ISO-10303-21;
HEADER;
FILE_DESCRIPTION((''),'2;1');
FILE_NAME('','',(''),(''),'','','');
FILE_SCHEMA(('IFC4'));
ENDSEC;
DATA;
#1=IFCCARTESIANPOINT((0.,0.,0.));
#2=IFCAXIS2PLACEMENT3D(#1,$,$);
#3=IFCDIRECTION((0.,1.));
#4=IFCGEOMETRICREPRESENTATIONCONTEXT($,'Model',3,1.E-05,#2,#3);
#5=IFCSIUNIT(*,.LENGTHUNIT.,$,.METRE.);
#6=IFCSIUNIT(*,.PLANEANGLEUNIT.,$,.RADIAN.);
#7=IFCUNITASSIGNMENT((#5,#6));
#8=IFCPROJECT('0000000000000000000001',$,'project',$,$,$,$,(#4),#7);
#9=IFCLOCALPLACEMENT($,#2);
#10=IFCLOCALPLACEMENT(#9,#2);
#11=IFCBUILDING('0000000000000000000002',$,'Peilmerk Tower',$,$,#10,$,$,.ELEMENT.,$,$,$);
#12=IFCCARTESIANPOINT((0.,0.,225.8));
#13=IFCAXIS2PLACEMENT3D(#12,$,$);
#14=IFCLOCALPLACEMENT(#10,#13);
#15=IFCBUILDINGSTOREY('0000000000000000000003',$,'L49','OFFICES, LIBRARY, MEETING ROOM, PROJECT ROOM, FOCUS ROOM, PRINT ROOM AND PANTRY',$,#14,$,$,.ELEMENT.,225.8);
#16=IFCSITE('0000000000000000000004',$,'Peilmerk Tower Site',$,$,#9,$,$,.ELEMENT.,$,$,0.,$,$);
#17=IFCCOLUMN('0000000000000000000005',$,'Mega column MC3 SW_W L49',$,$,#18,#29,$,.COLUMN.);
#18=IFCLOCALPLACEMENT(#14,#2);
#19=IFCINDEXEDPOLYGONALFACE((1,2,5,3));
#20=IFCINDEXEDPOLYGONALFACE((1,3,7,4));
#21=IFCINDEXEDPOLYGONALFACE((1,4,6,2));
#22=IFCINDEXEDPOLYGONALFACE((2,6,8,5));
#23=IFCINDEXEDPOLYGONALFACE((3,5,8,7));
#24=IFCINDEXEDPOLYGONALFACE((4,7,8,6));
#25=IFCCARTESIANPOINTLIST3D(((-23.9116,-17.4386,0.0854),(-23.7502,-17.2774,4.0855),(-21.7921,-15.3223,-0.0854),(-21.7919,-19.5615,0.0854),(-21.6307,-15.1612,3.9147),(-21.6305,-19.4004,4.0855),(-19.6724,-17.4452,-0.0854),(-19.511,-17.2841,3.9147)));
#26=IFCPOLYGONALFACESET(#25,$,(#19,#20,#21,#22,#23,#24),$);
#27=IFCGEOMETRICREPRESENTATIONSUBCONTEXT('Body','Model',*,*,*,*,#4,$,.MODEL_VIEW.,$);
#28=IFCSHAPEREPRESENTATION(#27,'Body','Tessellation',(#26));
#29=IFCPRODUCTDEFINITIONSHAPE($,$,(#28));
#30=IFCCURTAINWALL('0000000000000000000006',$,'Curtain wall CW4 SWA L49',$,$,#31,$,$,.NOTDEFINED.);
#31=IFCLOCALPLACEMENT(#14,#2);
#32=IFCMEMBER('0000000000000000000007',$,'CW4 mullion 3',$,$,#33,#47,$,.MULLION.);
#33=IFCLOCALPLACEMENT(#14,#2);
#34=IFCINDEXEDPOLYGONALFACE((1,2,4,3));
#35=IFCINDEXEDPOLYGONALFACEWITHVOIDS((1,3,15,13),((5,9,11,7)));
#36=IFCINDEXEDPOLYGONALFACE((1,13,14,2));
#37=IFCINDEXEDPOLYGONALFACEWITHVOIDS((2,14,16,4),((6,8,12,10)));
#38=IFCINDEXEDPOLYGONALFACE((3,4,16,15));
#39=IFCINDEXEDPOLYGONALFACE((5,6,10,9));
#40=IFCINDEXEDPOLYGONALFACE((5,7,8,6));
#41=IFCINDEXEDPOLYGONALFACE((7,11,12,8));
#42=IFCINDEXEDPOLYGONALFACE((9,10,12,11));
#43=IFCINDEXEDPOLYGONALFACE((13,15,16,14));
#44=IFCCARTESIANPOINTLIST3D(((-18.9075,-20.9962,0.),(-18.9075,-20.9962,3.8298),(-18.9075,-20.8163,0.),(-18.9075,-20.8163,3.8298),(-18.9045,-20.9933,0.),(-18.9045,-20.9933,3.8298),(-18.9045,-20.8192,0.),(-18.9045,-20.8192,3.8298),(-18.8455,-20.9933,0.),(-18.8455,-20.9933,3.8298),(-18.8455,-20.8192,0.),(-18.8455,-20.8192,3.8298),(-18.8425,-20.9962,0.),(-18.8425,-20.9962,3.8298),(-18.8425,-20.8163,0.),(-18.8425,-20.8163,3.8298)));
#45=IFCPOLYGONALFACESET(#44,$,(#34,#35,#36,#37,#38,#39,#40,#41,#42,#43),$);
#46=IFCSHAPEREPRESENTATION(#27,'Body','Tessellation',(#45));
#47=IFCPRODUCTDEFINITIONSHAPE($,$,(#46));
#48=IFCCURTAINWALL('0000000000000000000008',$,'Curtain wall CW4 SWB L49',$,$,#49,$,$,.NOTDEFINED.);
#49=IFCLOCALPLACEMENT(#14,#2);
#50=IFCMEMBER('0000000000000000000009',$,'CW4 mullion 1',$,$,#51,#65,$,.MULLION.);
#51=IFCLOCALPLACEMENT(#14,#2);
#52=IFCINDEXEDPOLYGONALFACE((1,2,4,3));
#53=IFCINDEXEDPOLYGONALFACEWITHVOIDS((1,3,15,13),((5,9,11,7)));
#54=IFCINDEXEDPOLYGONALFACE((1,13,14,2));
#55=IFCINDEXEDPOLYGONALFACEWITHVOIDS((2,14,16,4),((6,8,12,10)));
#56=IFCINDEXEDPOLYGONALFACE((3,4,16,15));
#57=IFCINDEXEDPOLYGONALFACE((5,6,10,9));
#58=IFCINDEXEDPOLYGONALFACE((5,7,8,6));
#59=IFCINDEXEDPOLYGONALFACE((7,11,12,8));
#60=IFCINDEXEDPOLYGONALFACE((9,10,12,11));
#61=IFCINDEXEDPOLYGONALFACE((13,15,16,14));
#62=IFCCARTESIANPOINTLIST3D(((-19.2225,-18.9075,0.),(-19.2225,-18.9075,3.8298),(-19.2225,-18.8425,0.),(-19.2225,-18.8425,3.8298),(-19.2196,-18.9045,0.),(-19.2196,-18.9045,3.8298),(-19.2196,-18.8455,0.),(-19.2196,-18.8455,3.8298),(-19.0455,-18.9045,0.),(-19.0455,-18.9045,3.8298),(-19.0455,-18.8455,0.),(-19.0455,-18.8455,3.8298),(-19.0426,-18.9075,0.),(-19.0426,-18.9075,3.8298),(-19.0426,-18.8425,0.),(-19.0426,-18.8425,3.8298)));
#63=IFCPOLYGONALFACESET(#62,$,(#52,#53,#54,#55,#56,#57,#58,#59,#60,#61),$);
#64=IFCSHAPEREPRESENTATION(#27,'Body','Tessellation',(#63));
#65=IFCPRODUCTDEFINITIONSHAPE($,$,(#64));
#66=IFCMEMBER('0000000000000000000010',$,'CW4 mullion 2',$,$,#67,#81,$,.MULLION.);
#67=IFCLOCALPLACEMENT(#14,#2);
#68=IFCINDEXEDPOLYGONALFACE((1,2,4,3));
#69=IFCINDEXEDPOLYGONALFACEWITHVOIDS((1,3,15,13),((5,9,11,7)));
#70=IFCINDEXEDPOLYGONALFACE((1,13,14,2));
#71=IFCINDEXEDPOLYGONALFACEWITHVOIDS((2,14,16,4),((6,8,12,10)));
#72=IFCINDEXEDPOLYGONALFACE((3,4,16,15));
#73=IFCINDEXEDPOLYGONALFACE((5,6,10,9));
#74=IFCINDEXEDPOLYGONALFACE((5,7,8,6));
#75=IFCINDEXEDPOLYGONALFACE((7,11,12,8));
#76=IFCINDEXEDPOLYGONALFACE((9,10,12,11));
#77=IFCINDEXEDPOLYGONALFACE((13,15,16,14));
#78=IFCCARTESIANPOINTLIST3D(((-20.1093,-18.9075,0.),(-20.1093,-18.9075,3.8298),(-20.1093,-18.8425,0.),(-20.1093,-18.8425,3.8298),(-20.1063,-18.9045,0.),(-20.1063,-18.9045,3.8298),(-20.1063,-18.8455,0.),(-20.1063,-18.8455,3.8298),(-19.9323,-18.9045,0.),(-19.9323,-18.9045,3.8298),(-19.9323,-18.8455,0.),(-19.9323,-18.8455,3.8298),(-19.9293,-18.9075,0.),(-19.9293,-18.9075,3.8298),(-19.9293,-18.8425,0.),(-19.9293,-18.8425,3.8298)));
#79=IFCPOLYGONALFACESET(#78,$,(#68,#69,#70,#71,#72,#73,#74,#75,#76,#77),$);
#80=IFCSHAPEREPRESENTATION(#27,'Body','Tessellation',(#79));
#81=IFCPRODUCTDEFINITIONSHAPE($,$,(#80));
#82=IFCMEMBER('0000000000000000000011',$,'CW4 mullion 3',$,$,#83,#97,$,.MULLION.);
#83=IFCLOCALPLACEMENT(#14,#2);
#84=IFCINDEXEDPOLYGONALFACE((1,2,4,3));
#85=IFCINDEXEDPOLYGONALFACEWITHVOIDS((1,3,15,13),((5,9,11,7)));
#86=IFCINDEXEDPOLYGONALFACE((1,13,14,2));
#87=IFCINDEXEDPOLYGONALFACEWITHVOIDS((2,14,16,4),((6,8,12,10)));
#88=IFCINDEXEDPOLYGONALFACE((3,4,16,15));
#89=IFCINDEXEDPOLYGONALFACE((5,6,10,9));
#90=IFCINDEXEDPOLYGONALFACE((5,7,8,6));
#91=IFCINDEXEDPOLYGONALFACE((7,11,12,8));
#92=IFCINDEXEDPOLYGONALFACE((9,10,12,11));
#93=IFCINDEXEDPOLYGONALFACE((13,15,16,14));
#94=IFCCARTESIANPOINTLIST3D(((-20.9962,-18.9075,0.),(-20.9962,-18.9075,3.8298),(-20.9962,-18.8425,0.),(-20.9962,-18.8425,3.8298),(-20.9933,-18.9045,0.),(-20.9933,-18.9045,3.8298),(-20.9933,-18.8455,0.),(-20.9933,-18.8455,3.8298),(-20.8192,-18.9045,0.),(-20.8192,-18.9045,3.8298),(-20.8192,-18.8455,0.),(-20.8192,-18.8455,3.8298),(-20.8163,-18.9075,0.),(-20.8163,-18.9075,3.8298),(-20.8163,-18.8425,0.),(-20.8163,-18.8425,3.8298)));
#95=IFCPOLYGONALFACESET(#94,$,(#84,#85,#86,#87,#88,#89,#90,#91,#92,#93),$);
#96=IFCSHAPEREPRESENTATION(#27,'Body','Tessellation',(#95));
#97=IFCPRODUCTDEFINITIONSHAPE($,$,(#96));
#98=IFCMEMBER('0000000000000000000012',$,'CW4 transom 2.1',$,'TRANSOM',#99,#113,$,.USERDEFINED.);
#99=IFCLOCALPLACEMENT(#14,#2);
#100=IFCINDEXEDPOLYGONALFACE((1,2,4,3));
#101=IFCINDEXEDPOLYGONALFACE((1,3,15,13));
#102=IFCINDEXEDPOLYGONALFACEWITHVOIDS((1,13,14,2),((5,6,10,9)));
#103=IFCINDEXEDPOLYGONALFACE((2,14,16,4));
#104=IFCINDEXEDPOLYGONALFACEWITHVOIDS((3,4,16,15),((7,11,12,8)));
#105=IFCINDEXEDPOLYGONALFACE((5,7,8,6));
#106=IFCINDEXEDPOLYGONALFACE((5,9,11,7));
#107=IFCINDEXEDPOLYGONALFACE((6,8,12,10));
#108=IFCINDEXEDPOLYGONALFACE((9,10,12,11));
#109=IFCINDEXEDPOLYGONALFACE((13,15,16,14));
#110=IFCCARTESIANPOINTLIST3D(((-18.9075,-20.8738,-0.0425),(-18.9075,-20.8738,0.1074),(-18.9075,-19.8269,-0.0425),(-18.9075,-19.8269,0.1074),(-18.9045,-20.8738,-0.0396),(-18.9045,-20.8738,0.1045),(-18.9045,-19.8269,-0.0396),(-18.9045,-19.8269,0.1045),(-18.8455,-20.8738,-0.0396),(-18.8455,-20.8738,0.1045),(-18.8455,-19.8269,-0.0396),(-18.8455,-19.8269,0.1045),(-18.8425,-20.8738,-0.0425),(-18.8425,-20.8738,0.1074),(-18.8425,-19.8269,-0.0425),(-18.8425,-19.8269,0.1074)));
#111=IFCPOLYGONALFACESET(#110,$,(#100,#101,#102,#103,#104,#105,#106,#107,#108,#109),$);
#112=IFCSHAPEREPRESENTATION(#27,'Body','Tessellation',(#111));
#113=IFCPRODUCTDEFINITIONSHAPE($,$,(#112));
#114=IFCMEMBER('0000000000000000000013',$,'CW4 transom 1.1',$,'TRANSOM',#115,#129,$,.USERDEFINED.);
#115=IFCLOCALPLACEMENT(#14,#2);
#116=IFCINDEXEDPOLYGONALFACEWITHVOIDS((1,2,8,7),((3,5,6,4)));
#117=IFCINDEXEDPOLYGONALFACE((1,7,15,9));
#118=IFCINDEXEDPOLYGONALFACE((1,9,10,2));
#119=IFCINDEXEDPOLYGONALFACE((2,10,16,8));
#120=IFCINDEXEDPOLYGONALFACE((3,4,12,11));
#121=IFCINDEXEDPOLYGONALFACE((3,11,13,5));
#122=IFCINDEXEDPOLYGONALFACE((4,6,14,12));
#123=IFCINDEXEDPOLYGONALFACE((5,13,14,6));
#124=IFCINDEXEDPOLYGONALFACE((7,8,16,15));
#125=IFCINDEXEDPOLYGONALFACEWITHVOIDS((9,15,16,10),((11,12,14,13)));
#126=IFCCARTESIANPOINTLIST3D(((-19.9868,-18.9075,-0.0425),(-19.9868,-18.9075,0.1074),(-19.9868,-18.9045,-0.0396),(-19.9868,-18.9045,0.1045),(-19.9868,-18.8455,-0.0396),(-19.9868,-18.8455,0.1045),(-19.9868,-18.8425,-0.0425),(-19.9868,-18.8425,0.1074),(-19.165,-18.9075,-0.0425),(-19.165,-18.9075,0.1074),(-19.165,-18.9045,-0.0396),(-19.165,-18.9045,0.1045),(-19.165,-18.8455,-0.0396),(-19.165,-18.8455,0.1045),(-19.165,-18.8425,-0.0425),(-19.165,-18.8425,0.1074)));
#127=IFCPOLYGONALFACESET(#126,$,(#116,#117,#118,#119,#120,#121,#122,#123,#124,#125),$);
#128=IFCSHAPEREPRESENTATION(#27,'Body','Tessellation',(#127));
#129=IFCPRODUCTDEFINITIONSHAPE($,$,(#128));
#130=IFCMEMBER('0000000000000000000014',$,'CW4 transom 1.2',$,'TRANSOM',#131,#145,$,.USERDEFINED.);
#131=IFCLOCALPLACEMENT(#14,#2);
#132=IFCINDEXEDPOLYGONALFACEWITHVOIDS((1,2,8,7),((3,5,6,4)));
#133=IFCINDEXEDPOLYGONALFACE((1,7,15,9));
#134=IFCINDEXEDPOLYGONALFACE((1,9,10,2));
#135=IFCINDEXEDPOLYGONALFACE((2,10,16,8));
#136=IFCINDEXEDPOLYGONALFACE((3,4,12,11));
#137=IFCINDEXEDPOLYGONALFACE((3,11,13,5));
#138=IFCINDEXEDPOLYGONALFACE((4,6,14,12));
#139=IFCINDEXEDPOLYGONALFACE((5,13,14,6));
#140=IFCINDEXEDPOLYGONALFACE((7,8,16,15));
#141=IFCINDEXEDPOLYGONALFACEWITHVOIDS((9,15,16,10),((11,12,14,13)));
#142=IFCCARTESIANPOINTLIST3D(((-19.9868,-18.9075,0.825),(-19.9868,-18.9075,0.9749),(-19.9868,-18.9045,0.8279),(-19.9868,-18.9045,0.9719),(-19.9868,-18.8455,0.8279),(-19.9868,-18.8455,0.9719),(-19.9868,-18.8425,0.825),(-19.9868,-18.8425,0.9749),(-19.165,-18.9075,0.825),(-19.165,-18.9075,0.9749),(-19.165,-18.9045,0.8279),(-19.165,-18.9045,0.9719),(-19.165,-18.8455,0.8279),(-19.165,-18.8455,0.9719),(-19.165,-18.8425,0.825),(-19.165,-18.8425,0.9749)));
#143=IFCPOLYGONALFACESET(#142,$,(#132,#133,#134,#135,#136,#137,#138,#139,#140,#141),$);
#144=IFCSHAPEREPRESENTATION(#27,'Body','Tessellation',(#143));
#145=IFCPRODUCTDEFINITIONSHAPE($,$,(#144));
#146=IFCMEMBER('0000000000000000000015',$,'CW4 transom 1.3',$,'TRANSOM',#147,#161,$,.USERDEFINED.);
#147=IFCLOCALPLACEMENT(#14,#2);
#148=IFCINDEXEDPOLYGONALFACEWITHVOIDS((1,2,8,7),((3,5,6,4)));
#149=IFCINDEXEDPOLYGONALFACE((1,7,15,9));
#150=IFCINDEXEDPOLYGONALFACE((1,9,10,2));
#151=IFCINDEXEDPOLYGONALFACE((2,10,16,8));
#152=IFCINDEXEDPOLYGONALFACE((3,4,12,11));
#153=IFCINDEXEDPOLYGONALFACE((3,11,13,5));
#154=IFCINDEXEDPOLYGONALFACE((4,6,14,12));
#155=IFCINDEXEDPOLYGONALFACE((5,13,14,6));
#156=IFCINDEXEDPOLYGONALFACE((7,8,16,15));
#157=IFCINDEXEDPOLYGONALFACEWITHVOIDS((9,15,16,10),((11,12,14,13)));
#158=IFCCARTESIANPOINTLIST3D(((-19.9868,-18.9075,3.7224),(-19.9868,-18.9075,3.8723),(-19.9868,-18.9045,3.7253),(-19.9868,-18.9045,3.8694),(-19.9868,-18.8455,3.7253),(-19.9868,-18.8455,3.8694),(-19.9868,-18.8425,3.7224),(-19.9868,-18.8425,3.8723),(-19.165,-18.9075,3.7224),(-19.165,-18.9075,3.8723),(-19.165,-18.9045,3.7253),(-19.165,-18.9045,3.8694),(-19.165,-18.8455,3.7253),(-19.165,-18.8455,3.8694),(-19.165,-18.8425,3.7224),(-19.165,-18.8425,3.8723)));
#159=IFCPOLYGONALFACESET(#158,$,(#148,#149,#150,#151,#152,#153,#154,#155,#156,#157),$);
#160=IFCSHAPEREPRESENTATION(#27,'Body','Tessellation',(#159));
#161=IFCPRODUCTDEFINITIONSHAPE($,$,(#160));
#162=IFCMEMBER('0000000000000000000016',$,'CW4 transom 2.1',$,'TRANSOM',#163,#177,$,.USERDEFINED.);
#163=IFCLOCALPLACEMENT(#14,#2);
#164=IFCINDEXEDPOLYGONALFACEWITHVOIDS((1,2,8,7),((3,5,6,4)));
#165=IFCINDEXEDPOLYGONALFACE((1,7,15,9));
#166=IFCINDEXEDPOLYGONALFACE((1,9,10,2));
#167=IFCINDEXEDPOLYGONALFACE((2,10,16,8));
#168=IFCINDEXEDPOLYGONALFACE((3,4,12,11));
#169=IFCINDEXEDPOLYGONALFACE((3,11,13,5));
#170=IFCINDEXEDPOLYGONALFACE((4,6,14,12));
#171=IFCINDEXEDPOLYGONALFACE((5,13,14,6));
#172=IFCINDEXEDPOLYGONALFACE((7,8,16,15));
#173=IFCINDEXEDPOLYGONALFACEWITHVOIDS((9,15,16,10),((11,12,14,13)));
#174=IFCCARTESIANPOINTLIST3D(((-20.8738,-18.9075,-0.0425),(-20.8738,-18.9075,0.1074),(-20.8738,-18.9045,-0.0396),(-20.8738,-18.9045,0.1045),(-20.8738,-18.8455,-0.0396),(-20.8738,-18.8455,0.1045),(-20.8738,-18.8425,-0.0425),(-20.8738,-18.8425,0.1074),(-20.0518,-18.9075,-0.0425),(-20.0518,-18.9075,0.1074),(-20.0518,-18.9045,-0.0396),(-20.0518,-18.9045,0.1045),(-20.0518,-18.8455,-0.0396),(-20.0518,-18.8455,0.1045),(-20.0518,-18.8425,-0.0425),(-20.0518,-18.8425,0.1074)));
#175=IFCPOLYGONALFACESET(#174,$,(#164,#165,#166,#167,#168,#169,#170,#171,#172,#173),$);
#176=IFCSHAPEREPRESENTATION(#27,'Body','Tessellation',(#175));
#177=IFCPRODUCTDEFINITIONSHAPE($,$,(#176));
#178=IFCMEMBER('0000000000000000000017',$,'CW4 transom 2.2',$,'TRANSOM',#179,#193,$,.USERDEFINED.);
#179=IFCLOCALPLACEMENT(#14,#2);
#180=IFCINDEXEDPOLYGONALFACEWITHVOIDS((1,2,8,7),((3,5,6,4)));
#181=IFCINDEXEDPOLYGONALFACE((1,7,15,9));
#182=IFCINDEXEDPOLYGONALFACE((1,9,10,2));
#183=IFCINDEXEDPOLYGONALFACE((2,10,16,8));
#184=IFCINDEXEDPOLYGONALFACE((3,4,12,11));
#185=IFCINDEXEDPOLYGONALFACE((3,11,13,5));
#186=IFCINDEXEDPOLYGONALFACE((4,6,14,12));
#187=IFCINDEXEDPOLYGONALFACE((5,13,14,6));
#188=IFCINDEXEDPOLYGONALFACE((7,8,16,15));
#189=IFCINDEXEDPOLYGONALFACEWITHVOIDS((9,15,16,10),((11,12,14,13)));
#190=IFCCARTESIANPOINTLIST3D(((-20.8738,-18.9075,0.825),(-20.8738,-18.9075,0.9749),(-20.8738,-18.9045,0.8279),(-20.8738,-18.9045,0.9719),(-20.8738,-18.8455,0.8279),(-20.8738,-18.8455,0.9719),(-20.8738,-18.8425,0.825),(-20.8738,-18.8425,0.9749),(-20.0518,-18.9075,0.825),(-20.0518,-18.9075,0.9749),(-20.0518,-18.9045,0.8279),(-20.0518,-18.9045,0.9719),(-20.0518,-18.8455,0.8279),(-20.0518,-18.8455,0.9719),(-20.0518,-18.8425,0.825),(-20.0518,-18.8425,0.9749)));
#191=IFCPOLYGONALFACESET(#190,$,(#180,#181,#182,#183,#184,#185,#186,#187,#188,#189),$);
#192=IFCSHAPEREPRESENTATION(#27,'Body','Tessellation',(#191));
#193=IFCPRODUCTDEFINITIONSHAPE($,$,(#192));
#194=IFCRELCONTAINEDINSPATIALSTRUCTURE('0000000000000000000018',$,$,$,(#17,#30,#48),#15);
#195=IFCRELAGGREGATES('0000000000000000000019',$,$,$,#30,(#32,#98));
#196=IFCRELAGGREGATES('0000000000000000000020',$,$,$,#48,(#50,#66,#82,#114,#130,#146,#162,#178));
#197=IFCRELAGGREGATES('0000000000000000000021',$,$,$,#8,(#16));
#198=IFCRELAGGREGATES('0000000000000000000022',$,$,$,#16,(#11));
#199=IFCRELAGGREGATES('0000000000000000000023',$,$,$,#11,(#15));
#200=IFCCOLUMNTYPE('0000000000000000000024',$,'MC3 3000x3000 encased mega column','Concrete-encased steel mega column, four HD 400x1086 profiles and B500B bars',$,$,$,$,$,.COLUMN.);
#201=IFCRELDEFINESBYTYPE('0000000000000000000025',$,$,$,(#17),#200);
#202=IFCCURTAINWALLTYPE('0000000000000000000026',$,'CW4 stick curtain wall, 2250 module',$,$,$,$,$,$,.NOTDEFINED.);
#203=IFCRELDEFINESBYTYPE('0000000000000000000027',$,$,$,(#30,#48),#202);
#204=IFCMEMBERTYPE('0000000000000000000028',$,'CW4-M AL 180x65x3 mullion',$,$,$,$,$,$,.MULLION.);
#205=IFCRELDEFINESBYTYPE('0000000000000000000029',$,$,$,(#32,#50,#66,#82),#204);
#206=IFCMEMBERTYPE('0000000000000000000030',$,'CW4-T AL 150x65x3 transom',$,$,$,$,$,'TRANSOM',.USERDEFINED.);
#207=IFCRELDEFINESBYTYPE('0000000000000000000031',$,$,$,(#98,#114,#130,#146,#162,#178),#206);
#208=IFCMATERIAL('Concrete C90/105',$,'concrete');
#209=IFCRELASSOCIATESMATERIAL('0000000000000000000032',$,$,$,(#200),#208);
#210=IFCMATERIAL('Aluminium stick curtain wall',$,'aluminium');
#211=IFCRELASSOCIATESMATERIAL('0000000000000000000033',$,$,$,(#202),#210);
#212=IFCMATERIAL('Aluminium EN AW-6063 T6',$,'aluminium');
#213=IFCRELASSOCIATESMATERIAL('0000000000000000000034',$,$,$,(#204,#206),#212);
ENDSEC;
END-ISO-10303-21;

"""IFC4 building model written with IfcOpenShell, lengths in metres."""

from ifc_helpers import new_model, si_unit, direction, frame, origin, origin_2d, place, context, subcontext, project, spatial, rectangle, hollow_rectangle, extrude, material, material_profile, profile_set, type_object, element, aggregate, save


model = new_model("IFC4")

# Units and contexts
model_context = context("Model", 3, precision=1e-05, world=origin(), true_north=direction((0.0, 1.0)))
body_context = subcontext(model_context, "Body", "Model", "MODEL_VIEW")
ifc_project = project(units=[si_unit("LENGTHUNIT", "METRE"), si_unit("PLANEANGLEUNIT", "RADIAN")], contexts=[model_context])

# Site, building, storey
site_placement = place(None, origin())
site = spatial("IfcSite", under=ifc_project, at=site_placement, Name="Peilmerk Tower Site", CompositionType="ELEMENT", RefElevation=0.0)
building_placement = place(site_placement, origin())
building = spatial("IfcBuilding", under=site, at=building_placement, Name="Peilmerk Tower", CompositionType="ELEMENT")
storey_placement = place(building_placement, frame((0.0, 0.0, 225.8)))
storey = spatial("IfcBuildingStorey", under=building, at=storey_placement, Name="L49", Description="OFFICES, LIBRARY, MEETING ROOM, PROJECT ROOM, FOCUS ROOM, PRINT ROOM AND PANTRY", CompositionType="ELEMENT", Elevation=225.8)

# Column
ifc_material_1 = material(Name="Concrete C90/105", Category="concrete")
ifc_material_profile_1 = material_profile(ifc_material_1, rectangle(XDim=3.0, YDim=3.0, at=origin_2d()), Name="RC 3000x3000")
ifc_profile_set_1 = profile_set([ifc_material_profile_1], Name="Concrete C90/105")
column_type = type_object("IfcColumnType", Name="MC3 3000x3000 encased mega column", Description="Concrete-encased steel mega column, four HD 400x1086 profiles and B500B bars", PredefinedType="COLUMN", material=ifc_profile_set_1)
column_placement = place(storey_placement, frame((-21.792, -17.4419, 0.0), z_axis=(0.040279, 0.040218, 0.998379), x_axis=(-0.706571, 0.707642, 0.0)))
element("IfcColumn", 1, at=column_placement, inside=storey, type_object=column_type, Name="Mega column MC3 SW_W L49", PredefinedType="COLUMN", context=body_context, shape_type="SweptSolid", body=[
    extrude(rectangle(XDim=3.0, YDim=3.0, at=origin_2d()), origin(), (0.0, 0.0, 1.0), 4.0066),
])

# Curtain wall, member
ifc_material_2 = material(Name="Aluminium stick curtain wall", Category="aluminium")
curtain_wall_type = type_object("IfcCurtainWallType", Name="CW4 stick curtain wall, 2250 module", PredefinedType="NOTDEFINED", material=ifc_material_2)
curtain_wall_1_placement = place(storey_placement, origin())
curtain_wall_1 = element("IfcCurtainWall", 2, at=curtain_wall_1_placement, inside=storey, type_object=curtain_wall_type, Name="Curtain wall CW4 SWA L49", PredefinedType="NOTDEFINED")
ifc_material_3 = material(Name="Aluminium EN AW-6063 T6", Category="aluminium")
ifc_material_profile_2 = material_profile(ifc_material_3, hollow_rectangle(XDim=0.0649, YDim=0.1799, WallThickness=0.0029, at=origin_2d()), Name="AL 180x65x3")
ifc_profile_set_2 = profile_set([ifc_material_profile_2], Name="Aluminium EN AW-6063 T6")
member_type_1 = type_object("IfcMemberType", Name="CW4-M AL 180x65x3 mullion", PredefinedType="MULLION", material=ifc_profile_set_2)
member_1_placement = place(storey_placement, frame((-18.875, -20.9062, 0.0), z_axis=(0.0, 0.0, 1.0), x_axis=(1.0, 0.0, 0.0)))
member_1 = element("IfcMember", 3, at=member_1_placement, type_object=member_type_1, Name="CW4 mullion 3", PredefinedType="MULLION", context=body_context, shape_type="SweptSolid", body=[
    extrude(hollow_rectangle(XDim=0.0649, YDim=0.1799, WallThickness=0.0029, at=origin_2d()), origin(), (0.0, 0.0, 1.0), 3.8298),
])

# Curtain wall, members
curtain_wall_2_placement = place(storey_placement, origin())
curtain_wall_2 = element("IfcCurtainWall", 4, at=curtain_wall_2_placement, inside=storey, type_object=curtain_wall_type, Name="Curtain wall CW4 SWB L49", PredefinedType="NOTDEFINED")
member_2_placement = place(storey_placement, frame((-19.1326, -18.875, 0.0), z_axis=(0.0, 0.0, 1.0), x_axis=(0.0, -1.0, 0.0)))
member_2 = element("IfcMember", 5, at=member_2_placement, type_object=member_type_1, Name="CW4 mullion 1", PredefinedType="MULLION", context=body_context, shape_type="SweptSolid", body=[
    extrude(hollow_rectangle(XDim=0.0649, YDim=0.1799, WallThickness=0.0029, at=origin_2d()), origin(), (0.0, 0.0, 1.0), 3.8298),
])
member_3_placement = place(storey_placement, frame((-20.0193, -18.875, 0.0), z_axis=(0.0, 0.0, 1.0), x_axis=(0.0, -1.0, 0.0)))
member_3 = element("IfcMember", 6, at=member_3_placement, type_object=member_type_1, Name="CW4 mullion 2", PredefinedType="MULLION", context=body_context, shape_type="SweptSolid", body=[
    extrude(hollow_rectangle(XDim=0.0649, YDim=0.1799, WallThickness=0.0029, at=origin_2d()), origin(), (0.0, 0.0, 1.0), 3.8298),
])
member_4_placement = place(storey_placement, frame((-20.9062, -18.875, 0.0), z_axis=(0.0, 0.0, 1.0), x_axis=(0.0, -1.0, 0.0)))
member_4 = element("IfcMember", 7, at=member_4_placement, type_object=member_type_1, Name="CW4 mullion 3", PredefinedType="MULLION", context=body_context, shape_type="SweptSolid", body=[
    extrude(hollow_rectangle(XDim=0.0649, YDim=0.1799, WallThickness=0.0029, at=origin_2d()), origin(), (0.0, 0.0, 1.0), 3.8298),
])

# Members
ifc_material_profile_3 = material_profile(ifc_material_3, hollow_rectangle(XDim=0.0649, YDim=0.1499, WallThickness=0.0029, at=origin_2d()), Name="AL 150x65x3")
ifc_profile_set_3 = profile_set([ifc_material_profile_3], Name="Aluminium EN AW-6063 T6")
member_type_2 = type_object("IfcMemberType", Name="CW4-T AL 150x65x3 transom", ElementType="TRANSOM", PredefinedType="USERDEFINED", material=ifc_profile_set_3)
member_5_placement = place(storey_placement, frame((-18.875, -19.8269, 0.0325), z_axis=(0.0, -1.0, 0.0), x_axis=(1.0, 0.0, 0.0)))
member_5 = element("IfcMember", 8, at=member_5_placement, type_object=member_type_2, Name="CW4 transom 2.1", ObjectType="TRANSOM", PredefinedType="USERDEFINED", context=body_context, shape_type="SweptSolid", body=[
    extrude(hollow_rectangle(XDim=0.0649, YDim=0.1499, WallThickness=0.0029, at=origin_2d()), origin(), (0.0, 0.0, 1.0), 1.0469),
])
member_6_placement = place(storey_placement, frame((-19.165, -18.875, 0.0325), z_axis=(-1.0, 0.0, 0.0), x_axis=(0.0, -1.0, 0.0)))
member_6 = element("IfcMember", 9, at=member_6_placement, type_object=member_type_2, Name="CW4 transom 1.1", ObjectType="TRANSOM", PredefinedType="USERDEFINED", context=body_context, shape_type="SweptSolid", body=[
    extrude(hollow_rectangle(XDim=0.0649, YDim=0.1499, WallThickness=0.0029, at=origin_2d()), origin(), (0.0, 0.0, 1.0), 0.8218),
])
member_7_placement = place(storey_placement, frame((-19.165, -18.875, 0.8999), z_axis=(-1.0, 0.0, 0.0), x_axis=(0.0, -1.0, 0.0)))
member_7 = element("IfcMember", 10, at=member_7_placement, type_object=member_type_2, Name="CW4 transom 1.2", ObjectType="TRANSOM", PredefinedType="USERDEFINED", context=body_context, shape_type="SweptSolid", body=[
    extrude(hollow_rectangle(XDim=0.0649, YDim=0.1499, WallThickness=0.0029, at=origin_2d()), origin(), (0.0, 0.0, 1.0), 0.8218),
])
member_8_placement = place(storey_placement, frame((-19.165, -18.875, 3.7974), z_axis=(-1.0, 0.0, 0.0), x_axis=(0.0, -1.0, 0.0)))
member_8 = element("IfcMember", 11, at=member_8_placement, type_object=member_type_2, Name="CW4 transom 1.3", ObjectType="TRANSOM", PredefinedType="USERDEFINED", context=body_context, shape_type="SweptSolid", body=[
    extrude(hollow_rectangle(XDim=0.0649, YDim=0.1499, WallThickness=0.0029, at=origin_2d()), origin(), (0.0, 0.0, 1.0), 0.8218),
])
member_9_placement = place(storey_placement, frame((-20.0518, -18.875, 0.0325), z_axis=(-1.0, 0.0, 0.0), x_axis=(0.0, -1.0, 0.0)))
member_9 = element("IfcMember", 12, at=member_9_placement, type_object=member_type_2, Name="CW4 transom 2.1", ObjectType="TRANSOM", PredefinedType="USERDEFINED", context=body_context, shape_type="SweptSolid", body=[
    extrude(hollow_rectangle(XDim=0.0649, YDim=0.1499, WallThickness=0.0029, at=origin_2d()), origin(), (0.0, 0.0, 1.0), 0.822),
])
member_10_placement = place(storey_placement, frame((-20.0518, -18.875, 0.8999), z_axis=(-1.0, 0.0, 0.0), x_axis=(0.0, -1.0, 0.0)))
member_10 = element("IfcMember", 13, at=member_10_placement, type_object=member_type_2, Name="CW4 transom 2.2", ObjectType="TRANSOM", PredefinedType="USERDEFINED", context=body_context, shape_type="SweptSolid", body=[
    extrude(hollow_rectangle(XDim=0.0649, YDim=0.1499, WallThickness=0.0029, at=origin_2d()), origin(), (0.0, 0.0, 1.0), 0.822),
])

aggregate(curtain_wall_1, [member_1, member_5])
aggregate(curtain_wall_2, [member_2, member_3, member_4, member_6, member_7, member_8, member_9, member_10])

save(model, "model.ifc")
